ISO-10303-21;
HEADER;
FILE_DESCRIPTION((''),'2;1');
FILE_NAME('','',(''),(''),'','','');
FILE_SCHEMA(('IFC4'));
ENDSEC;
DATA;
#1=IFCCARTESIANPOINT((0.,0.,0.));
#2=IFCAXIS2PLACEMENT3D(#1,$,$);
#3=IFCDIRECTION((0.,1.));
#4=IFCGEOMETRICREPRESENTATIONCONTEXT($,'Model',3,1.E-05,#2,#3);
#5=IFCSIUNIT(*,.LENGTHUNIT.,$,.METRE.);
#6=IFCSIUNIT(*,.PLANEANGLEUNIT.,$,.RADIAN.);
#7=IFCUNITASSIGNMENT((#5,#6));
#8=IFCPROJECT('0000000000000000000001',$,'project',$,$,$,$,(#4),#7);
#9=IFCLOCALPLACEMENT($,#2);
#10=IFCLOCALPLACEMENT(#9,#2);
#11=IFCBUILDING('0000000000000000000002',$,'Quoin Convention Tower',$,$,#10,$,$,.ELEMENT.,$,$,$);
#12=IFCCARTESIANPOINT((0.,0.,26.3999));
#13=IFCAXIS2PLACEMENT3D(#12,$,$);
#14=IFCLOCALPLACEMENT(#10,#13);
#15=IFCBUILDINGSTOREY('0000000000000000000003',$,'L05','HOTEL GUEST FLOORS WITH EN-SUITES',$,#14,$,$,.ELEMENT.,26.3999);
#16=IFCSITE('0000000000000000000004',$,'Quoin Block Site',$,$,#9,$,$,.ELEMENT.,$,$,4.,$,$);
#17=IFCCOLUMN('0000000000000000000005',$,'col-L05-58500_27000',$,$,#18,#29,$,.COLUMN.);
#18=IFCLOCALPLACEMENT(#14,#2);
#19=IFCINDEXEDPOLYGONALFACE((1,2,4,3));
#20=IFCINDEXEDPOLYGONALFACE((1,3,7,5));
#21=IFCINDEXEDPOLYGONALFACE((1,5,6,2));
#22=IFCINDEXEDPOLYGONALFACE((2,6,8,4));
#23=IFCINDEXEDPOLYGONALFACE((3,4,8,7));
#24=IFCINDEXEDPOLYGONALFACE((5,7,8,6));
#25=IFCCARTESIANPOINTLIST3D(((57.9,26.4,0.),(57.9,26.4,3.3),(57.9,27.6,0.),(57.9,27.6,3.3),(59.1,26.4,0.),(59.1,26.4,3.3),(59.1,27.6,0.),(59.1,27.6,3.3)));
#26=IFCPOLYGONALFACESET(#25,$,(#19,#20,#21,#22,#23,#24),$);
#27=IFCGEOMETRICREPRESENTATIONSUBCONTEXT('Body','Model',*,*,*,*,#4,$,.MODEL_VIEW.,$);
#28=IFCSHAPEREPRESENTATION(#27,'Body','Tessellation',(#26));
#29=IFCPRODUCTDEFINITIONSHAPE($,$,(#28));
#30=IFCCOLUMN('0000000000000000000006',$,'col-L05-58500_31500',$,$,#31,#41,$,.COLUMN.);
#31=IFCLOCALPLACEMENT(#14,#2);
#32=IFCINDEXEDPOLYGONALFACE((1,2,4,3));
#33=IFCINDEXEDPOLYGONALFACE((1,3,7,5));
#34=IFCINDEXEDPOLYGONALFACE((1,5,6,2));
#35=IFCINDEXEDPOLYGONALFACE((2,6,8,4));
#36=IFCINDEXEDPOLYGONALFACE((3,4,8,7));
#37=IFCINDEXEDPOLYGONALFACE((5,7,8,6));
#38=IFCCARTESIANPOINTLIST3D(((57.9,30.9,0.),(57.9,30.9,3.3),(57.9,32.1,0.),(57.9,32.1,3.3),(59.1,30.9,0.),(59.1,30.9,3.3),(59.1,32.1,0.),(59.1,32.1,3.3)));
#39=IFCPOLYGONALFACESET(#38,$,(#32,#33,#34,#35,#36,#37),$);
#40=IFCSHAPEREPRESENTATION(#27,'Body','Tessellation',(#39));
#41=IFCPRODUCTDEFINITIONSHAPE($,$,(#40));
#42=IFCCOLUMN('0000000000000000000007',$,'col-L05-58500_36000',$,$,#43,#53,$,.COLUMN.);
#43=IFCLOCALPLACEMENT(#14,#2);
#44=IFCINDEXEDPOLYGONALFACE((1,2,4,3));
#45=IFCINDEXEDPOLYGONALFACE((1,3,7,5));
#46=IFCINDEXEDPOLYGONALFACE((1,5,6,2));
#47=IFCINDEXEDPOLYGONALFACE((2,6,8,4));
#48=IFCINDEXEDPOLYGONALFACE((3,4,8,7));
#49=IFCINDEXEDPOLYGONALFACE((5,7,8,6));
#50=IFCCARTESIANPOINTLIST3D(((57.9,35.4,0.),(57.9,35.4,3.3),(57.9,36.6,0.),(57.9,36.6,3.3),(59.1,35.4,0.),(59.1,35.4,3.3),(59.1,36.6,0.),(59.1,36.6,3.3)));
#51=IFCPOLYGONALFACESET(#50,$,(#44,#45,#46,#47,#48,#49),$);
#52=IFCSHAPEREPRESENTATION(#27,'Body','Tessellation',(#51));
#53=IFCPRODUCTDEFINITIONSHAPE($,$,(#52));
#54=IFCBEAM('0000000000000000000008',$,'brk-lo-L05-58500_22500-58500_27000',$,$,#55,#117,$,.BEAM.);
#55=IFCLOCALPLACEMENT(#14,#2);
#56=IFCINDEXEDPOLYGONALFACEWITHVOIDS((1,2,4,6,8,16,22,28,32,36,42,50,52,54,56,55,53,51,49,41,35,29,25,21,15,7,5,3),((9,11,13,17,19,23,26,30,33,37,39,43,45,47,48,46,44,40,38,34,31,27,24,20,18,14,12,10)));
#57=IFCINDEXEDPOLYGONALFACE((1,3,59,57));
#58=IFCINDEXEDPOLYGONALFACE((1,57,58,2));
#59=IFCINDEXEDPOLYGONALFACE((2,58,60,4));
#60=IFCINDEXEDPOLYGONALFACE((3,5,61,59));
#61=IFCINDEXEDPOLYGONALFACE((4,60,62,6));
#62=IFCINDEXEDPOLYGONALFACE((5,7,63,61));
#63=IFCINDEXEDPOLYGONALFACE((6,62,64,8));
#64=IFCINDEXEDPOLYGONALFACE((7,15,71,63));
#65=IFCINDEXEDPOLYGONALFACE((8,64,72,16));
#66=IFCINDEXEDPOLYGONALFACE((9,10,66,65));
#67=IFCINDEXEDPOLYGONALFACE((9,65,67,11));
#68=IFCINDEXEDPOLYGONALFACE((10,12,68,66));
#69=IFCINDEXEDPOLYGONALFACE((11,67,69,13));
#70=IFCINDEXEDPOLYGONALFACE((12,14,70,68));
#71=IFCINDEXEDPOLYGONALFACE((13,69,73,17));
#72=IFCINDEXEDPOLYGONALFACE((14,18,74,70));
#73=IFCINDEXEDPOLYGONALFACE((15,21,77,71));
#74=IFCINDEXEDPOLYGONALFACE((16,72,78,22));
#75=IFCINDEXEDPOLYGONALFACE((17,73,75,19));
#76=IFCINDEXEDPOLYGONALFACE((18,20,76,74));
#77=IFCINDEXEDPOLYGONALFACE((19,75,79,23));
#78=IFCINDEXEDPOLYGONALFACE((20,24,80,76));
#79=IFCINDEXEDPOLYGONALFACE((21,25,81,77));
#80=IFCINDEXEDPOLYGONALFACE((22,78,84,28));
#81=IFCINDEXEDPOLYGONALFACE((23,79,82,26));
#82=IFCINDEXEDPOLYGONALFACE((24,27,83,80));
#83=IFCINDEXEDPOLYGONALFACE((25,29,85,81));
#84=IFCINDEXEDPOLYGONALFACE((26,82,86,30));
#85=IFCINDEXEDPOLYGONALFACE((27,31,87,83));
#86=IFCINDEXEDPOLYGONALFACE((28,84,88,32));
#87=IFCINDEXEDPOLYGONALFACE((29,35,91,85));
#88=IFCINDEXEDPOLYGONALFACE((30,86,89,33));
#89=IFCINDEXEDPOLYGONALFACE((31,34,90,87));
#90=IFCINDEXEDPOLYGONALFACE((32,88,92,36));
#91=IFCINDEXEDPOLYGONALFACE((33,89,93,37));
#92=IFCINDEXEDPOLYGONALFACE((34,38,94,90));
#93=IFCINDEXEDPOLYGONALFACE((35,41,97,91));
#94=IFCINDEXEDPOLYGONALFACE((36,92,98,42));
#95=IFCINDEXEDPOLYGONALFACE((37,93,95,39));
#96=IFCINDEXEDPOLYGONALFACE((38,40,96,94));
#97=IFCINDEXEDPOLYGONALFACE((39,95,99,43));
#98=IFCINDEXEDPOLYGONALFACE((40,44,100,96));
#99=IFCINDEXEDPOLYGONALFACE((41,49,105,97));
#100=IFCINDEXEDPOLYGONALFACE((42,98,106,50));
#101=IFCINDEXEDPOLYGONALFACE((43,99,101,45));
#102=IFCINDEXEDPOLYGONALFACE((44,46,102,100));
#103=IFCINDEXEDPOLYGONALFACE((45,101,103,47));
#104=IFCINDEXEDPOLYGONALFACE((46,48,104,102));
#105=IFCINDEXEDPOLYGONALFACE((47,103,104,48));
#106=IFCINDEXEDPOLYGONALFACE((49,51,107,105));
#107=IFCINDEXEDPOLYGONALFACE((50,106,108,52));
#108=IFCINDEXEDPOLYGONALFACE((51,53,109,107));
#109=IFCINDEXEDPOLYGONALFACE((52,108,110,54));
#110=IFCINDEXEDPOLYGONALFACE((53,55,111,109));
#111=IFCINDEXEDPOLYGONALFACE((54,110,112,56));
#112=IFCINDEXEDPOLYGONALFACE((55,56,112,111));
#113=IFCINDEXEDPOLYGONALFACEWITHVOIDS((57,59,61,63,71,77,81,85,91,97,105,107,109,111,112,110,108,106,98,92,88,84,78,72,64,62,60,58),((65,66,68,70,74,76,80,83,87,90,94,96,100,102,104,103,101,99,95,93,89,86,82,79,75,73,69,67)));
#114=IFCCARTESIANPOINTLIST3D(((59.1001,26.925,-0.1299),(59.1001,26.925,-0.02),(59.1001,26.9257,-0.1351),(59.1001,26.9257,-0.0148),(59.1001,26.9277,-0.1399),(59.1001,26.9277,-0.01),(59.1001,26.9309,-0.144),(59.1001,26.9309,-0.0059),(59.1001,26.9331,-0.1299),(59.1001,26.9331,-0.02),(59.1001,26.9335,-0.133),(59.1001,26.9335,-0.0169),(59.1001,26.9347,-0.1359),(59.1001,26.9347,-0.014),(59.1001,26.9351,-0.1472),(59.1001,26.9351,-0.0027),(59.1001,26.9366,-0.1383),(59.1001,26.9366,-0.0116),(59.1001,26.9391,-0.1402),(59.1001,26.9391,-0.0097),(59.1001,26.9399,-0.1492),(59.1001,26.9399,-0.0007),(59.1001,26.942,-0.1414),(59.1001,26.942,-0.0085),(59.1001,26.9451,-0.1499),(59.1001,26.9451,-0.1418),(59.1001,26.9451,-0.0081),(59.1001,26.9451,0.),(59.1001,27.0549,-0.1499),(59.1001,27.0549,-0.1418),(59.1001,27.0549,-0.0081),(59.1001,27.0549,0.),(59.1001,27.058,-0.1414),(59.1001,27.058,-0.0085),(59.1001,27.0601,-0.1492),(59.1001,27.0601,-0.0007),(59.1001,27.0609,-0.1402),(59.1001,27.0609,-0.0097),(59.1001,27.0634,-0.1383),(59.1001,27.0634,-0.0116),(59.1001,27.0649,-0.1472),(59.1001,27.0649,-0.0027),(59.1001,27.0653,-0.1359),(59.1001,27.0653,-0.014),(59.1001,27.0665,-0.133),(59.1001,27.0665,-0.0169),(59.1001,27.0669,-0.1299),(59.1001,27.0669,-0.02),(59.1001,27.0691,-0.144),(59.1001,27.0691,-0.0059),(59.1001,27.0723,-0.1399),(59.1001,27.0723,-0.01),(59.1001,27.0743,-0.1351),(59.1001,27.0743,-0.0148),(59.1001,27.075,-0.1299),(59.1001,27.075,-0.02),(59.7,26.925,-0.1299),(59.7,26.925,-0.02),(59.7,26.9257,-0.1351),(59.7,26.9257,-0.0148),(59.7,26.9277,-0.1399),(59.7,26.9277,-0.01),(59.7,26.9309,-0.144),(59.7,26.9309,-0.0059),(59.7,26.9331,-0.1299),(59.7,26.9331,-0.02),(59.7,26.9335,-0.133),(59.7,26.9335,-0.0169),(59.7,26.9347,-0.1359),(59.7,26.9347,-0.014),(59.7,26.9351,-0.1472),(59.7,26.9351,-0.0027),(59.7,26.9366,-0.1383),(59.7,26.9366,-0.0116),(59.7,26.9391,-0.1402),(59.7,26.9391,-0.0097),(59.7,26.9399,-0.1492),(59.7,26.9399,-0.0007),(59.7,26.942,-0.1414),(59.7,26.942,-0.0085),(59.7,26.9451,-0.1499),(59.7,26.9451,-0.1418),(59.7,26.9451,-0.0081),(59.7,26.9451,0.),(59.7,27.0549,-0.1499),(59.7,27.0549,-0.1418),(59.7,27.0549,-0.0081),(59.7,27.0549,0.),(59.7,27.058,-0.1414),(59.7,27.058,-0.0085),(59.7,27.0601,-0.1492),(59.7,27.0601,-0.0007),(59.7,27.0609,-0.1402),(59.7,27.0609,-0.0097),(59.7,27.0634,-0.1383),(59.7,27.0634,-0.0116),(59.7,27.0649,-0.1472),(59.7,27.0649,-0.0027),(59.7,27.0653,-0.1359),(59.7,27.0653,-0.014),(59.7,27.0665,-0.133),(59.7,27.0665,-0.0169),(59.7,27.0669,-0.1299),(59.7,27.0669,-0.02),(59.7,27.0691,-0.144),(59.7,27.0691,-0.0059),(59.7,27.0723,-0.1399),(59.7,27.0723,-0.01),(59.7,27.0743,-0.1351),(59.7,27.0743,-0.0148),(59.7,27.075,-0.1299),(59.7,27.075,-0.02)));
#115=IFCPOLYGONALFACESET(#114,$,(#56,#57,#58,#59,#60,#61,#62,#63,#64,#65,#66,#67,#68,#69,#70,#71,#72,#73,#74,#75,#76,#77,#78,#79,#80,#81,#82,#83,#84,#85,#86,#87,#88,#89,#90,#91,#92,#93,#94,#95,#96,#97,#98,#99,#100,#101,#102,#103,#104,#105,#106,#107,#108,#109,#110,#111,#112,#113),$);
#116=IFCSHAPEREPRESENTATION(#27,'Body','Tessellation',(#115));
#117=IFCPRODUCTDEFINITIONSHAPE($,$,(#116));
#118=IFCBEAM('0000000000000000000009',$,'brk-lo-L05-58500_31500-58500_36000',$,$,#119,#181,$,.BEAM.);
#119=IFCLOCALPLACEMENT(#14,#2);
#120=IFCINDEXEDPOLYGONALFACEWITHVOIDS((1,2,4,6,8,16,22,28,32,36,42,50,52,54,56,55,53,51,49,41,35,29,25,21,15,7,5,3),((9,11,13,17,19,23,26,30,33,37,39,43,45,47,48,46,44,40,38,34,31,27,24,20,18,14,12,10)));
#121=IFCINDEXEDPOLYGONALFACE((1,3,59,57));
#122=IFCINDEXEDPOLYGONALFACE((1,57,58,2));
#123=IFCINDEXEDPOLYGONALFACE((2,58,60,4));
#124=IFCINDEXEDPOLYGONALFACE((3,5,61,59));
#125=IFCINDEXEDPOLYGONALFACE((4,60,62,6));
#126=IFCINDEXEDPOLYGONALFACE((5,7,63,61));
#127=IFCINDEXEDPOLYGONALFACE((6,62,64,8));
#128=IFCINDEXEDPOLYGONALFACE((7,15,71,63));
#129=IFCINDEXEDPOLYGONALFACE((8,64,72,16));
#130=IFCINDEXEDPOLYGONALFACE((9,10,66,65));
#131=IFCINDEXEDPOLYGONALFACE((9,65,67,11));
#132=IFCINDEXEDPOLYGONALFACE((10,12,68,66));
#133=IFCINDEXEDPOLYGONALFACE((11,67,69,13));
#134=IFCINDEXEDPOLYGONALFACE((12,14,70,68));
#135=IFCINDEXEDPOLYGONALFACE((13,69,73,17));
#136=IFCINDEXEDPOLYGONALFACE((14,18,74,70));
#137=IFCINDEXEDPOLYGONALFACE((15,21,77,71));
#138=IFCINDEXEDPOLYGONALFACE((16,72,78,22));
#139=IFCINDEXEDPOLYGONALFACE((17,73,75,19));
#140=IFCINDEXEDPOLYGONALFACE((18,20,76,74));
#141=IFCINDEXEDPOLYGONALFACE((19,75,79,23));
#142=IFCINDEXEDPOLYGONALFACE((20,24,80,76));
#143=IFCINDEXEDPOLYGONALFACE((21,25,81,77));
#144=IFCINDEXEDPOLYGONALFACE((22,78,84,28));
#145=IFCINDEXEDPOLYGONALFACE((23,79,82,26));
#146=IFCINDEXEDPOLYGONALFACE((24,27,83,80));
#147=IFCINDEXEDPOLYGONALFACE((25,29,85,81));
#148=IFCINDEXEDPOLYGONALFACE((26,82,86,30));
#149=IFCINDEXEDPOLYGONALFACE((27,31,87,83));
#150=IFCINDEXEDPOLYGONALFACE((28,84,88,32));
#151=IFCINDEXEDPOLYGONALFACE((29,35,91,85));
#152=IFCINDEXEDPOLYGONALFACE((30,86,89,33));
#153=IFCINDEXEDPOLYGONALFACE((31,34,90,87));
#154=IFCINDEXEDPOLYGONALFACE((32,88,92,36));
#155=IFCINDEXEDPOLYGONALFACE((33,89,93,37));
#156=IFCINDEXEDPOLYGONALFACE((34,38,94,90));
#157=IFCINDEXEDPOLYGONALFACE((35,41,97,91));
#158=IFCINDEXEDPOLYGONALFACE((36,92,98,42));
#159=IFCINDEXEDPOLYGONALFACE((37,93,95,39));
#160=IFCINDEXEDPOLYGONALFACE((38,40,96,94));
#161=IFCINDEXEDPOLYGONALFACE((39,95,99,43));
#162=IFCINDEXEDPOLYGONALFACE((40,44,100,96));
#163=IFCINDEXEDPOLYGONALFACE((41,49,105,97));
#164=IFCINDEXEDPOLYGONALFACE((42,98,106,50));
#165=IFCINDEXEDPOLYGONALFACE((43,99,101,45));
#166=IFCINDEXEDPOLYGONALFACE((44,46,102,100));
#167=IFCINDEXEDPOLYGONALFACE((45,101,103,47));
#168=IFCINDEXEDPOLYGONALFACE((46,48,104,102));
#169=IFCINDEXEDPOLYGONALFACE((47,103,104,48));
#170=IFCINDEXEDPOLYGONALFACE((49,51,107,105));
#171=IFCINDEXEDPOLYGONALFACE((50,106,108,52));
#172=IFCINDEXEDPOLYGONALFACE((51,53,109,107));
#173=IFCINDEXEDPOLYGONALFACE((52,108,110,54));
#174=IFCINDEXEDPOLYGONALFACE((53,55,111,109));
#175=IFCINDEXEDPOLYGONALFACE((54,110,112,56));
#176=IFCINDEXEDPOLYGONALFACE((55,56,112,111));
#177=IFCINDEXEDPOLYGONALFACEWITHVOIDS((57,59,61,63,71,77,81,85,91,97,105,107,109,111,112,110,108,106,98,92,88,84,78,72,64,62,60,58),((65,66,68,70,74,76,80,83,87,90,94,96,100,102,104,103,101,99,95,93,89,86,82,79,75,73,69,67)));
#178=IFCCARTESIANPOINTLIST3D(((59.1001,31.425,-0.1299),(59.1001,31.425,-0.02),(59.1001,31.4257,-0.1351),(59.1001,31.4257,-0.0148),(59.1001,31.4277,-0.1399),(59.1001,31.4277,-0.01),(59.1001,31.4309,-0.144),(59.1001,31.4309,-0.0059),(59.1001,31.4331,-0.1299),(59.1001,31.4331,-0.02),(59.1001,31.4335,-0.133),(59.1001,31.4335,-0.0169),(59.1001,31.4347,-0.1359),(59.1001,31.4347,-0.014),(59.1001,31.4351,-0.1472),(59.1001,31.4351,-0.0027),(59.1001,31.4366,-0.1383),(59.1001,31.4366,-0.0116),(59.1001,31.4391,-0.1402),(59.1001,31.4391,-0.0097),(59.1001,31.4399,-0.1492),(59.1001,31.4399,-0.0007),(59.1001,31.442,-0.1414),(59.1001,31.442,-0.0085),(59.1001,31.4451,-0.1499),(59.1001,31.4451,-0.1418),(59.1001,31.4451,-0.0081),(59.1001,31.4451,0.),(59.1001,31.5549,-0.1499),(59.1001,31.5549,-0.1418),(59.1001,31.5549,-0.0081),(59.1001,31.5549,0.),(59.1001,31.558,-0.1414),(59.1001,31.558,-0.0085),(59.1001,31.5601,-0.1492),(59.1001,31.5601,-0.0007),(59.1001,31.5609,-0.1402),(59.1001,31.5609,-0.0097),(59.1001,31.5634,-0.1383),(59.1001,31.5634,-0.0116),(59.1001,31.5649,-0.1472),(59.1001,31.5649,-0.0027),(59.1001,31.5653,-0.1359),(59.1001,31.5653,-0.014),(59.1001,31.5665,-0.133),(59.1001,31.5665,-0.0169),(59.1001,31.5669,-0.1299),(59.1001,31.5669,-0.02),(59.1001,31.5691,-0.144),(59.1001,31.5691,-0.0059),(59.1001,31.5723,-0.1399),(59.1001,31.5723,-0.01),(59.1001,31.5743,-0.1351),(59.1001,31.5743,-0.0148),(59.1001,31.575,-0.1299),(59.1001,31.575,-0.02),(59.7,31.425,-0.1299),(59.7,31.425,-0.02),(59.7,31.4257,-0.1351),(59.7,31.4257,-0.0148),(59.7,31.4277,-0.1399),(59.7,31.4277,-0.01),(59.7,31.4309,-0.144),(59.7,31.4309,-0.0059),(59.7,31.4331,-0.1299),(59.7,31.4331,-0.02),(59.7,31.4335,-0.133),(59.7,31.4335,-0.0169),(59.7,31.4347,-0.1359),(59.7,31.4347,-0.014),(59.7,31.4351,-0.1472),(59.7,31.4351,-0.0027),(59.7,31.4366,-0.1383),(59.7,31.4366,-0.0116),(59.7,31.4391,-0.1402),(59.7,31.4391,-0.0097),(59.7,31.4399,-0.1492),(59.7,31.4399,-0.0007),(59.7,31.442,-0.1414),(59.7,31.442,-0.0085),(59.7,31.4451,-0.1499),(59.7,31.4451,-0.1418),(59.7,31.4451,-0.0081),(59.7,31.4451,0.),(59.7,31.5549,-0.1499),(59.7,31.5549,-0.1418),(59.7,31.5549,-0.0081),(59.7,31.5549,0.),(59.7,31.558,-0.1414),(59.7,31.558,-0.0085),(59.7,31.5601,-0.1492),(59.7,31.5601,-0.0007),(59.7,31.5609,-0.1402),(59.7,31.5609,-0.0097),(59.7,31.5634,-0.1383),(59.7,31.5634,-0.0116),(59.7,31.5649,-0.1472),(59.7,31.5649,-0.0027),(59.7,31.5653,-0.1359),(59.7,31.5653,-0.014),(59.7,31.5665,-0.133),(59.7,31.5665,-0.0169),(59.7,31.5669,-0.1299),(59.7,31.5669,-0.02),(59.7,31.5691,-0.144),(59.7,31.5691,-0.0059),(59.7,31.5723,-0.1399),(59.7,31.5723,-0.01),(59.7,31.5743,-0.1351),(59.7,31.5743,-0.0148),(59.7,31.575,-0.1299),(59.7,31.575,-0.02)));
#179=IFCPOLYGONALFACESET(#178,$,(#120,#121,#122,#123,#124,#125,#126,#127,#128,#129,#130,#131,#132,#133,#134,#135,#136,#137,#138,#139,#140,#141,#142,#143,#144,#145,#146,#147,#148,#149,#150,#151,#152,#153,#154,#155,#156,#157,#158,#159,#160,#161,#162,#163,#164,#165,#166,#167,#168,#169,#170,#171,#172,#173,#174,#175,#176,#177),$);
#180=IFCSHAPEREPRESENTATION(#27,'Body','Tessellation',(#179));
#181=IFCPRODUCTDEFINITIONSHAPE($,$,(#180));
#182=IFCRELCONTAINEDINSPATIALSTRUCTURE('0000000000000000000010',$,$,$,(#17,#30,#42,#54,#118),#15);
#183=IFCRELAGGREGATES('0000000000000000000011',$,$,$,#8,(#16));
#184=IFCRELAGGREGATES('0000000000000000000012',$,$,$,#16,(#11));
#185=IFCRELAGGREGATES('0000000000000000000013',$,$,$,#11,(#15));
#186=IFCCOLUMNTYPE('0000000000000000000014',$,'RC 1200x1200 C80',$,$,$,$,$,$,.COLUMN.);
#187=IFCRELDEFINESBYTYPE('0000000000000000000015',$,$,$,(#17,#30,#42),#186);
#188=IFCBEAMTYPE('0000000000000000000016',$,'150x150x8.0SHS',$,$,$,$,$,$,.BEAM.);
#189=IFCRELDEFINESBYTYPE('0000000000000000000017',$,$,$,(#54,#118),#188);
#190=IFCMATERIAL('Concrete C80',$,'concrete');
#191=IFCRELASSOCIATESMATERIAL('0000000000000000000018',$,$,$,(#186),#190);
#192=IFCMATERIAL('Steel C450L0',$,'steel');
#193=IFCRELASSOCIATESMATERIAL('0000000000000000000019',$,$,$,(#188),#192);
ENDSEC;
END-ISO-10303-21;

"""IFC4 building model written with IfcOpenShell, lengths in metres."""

from ifc_helpers import new_model, si_unit, direction, frame, origin, origin_2d, place, context, subcontext, project, spatial, rectangle, hollow_rectangle, extrude, material, material_profile, profile_set, type_object, element, save


model = new_model("IFC4")

# Units and contexts
model_context = context("Model", 3, precision=1e-05, world=origin(), true_north=direction((0.0, 1.0)))
body_context = subcontext(model_context, "Body", "Model", "MODEL_VIEW")
ifc_project = project(units=[si_unit("LENGTHUNIT", "METRE"), si_unit("PLANEANGLEUNIT", "RADIAN")], contexts=[model_context])

# Site, building, storey
site_placement = place(None, origin())
site = spatial("IfcSite", under=ifc_project, at=site_placement, Name="Quoin Block Site", CompositionType="ELEMENT", RefElevation=4.0)
building_placement = place(site_placement, origin())
building = spatial("IfcBuilding", under=site, at=building_placement, Name="Quoin Convention Tower", CompositionType="ELEMENT")
storey_placement = place(building_placement, frame((0.0, 0.0, 26.3999)))
storey = spatial("IfcBuildingStorey", under=building, at=storey_placement, Name="L05", Description="HOTEL GUEST FLOORS WITH EN-SUITES", CompositionType="ELEMENT", Elevation=26.3999)

# Columns
ifc_material_1 = material(Name="Concrete C80", Category="concrete")
ifc_material_profile_1 = material_profile(ifc_material_1, rectangle(XDim=1.2, YDim=1.2, at=origin_2d()), Name="RC 1200x1200")
ifc_profile_set_1 = profile_set([ifc_material_profile_1], Name="Concrete C80")
column_type = type_object("IfcColumnType", Name="RC 1200x1200 C80", PredefinedType="COLUMN", material=ifc_profile_set_1)
for number, where, z_axis, x_axis, name in (
    (1, (58.5, 27.0, 0.0), (0.0, 0.0, 1.0), (1.0, 0.0, 0.0), "col-L05-58500_27000"),
    (2, (58.5, 31.5, 0.0), (0.0, 0.0, 1.0), (1.0, 0.0, 0.0), "col-L05-58500_31500"),
    (3, (58.5, 36.0, 0.0), (0.0, 0.0, 1.0), (1.0, 0.0, 0.0), "col-L05-58500_36000"),
):
    element("IfcColumn", number, at=place(storey_placement, frame(where, z_axis=z_axis, x_axis=x_axis)), inside=storey, type_object=column_type, Name=name, PredefinedType="COLUMN", context=body_context, shape_type="SweptSolid", body=[
        extrude(rectangle(XDim=1.2, YDim=1.2, at=origin_2d()), origin(), (0.0, 0.0, 1.0), 3.3),
    ])

# Beams
ifc_material_2 = material(Name="Steel C450L0", Category="steel")
ifc_material_profile_2 = material_profile(ifc_material_2, hollow_rectangle(XDim=0.1499, YDim=0.1499, WallThickness=0.0081, InnerFilletRadius=0.012, OuterFilletRadius=0.02, at=origin_2d()), Name="150x150x8.0SHS")
ifc_profile_set_2 = profile_set([ifc_material_profile_2], Name="Steel C450L0")
beam_type_1 = type_object("IfcBeamType", Name="150x150x8.0SHS", PredefinedType="BEAM", material=ifc_profile_set_2)
for number, where, z_axis, x_axis, name in (
    (4, (59.1001, 27.0, -0.075), (1.0, 0.0, 0.0), (0.0, 1.0, 0.0), "brk-lo-L05-58500_22500-58500_27000"),
    (5, (59.1001, 31.5, -0.075), (1.0, 0.0, 0.0), (0.0, 1.0, 0.0), "brk-lo-L05-58500_31500-58500_36000"),
):
    element("IfcBeam", number, at=place(storey_placement, frame(where, z_axis=z_axis, x_axis=x_axis)), inside=storey, type_object=beam_type_1, Name=name, PredefinedType="BEAM", context=body_context, shape_type="SweptSolid", body=[
        extrude(hollow_rectangle(XDim=0.1499, YDim=0.1499, WallThickness=0.0081, InnerFilletRadius=0.012, OuterFilletRadius=0.02, at=origin_2d()), origin(), (0.0, 0.0, 1.0), 0.5999),
    ])

save(model, "model.ifc")
